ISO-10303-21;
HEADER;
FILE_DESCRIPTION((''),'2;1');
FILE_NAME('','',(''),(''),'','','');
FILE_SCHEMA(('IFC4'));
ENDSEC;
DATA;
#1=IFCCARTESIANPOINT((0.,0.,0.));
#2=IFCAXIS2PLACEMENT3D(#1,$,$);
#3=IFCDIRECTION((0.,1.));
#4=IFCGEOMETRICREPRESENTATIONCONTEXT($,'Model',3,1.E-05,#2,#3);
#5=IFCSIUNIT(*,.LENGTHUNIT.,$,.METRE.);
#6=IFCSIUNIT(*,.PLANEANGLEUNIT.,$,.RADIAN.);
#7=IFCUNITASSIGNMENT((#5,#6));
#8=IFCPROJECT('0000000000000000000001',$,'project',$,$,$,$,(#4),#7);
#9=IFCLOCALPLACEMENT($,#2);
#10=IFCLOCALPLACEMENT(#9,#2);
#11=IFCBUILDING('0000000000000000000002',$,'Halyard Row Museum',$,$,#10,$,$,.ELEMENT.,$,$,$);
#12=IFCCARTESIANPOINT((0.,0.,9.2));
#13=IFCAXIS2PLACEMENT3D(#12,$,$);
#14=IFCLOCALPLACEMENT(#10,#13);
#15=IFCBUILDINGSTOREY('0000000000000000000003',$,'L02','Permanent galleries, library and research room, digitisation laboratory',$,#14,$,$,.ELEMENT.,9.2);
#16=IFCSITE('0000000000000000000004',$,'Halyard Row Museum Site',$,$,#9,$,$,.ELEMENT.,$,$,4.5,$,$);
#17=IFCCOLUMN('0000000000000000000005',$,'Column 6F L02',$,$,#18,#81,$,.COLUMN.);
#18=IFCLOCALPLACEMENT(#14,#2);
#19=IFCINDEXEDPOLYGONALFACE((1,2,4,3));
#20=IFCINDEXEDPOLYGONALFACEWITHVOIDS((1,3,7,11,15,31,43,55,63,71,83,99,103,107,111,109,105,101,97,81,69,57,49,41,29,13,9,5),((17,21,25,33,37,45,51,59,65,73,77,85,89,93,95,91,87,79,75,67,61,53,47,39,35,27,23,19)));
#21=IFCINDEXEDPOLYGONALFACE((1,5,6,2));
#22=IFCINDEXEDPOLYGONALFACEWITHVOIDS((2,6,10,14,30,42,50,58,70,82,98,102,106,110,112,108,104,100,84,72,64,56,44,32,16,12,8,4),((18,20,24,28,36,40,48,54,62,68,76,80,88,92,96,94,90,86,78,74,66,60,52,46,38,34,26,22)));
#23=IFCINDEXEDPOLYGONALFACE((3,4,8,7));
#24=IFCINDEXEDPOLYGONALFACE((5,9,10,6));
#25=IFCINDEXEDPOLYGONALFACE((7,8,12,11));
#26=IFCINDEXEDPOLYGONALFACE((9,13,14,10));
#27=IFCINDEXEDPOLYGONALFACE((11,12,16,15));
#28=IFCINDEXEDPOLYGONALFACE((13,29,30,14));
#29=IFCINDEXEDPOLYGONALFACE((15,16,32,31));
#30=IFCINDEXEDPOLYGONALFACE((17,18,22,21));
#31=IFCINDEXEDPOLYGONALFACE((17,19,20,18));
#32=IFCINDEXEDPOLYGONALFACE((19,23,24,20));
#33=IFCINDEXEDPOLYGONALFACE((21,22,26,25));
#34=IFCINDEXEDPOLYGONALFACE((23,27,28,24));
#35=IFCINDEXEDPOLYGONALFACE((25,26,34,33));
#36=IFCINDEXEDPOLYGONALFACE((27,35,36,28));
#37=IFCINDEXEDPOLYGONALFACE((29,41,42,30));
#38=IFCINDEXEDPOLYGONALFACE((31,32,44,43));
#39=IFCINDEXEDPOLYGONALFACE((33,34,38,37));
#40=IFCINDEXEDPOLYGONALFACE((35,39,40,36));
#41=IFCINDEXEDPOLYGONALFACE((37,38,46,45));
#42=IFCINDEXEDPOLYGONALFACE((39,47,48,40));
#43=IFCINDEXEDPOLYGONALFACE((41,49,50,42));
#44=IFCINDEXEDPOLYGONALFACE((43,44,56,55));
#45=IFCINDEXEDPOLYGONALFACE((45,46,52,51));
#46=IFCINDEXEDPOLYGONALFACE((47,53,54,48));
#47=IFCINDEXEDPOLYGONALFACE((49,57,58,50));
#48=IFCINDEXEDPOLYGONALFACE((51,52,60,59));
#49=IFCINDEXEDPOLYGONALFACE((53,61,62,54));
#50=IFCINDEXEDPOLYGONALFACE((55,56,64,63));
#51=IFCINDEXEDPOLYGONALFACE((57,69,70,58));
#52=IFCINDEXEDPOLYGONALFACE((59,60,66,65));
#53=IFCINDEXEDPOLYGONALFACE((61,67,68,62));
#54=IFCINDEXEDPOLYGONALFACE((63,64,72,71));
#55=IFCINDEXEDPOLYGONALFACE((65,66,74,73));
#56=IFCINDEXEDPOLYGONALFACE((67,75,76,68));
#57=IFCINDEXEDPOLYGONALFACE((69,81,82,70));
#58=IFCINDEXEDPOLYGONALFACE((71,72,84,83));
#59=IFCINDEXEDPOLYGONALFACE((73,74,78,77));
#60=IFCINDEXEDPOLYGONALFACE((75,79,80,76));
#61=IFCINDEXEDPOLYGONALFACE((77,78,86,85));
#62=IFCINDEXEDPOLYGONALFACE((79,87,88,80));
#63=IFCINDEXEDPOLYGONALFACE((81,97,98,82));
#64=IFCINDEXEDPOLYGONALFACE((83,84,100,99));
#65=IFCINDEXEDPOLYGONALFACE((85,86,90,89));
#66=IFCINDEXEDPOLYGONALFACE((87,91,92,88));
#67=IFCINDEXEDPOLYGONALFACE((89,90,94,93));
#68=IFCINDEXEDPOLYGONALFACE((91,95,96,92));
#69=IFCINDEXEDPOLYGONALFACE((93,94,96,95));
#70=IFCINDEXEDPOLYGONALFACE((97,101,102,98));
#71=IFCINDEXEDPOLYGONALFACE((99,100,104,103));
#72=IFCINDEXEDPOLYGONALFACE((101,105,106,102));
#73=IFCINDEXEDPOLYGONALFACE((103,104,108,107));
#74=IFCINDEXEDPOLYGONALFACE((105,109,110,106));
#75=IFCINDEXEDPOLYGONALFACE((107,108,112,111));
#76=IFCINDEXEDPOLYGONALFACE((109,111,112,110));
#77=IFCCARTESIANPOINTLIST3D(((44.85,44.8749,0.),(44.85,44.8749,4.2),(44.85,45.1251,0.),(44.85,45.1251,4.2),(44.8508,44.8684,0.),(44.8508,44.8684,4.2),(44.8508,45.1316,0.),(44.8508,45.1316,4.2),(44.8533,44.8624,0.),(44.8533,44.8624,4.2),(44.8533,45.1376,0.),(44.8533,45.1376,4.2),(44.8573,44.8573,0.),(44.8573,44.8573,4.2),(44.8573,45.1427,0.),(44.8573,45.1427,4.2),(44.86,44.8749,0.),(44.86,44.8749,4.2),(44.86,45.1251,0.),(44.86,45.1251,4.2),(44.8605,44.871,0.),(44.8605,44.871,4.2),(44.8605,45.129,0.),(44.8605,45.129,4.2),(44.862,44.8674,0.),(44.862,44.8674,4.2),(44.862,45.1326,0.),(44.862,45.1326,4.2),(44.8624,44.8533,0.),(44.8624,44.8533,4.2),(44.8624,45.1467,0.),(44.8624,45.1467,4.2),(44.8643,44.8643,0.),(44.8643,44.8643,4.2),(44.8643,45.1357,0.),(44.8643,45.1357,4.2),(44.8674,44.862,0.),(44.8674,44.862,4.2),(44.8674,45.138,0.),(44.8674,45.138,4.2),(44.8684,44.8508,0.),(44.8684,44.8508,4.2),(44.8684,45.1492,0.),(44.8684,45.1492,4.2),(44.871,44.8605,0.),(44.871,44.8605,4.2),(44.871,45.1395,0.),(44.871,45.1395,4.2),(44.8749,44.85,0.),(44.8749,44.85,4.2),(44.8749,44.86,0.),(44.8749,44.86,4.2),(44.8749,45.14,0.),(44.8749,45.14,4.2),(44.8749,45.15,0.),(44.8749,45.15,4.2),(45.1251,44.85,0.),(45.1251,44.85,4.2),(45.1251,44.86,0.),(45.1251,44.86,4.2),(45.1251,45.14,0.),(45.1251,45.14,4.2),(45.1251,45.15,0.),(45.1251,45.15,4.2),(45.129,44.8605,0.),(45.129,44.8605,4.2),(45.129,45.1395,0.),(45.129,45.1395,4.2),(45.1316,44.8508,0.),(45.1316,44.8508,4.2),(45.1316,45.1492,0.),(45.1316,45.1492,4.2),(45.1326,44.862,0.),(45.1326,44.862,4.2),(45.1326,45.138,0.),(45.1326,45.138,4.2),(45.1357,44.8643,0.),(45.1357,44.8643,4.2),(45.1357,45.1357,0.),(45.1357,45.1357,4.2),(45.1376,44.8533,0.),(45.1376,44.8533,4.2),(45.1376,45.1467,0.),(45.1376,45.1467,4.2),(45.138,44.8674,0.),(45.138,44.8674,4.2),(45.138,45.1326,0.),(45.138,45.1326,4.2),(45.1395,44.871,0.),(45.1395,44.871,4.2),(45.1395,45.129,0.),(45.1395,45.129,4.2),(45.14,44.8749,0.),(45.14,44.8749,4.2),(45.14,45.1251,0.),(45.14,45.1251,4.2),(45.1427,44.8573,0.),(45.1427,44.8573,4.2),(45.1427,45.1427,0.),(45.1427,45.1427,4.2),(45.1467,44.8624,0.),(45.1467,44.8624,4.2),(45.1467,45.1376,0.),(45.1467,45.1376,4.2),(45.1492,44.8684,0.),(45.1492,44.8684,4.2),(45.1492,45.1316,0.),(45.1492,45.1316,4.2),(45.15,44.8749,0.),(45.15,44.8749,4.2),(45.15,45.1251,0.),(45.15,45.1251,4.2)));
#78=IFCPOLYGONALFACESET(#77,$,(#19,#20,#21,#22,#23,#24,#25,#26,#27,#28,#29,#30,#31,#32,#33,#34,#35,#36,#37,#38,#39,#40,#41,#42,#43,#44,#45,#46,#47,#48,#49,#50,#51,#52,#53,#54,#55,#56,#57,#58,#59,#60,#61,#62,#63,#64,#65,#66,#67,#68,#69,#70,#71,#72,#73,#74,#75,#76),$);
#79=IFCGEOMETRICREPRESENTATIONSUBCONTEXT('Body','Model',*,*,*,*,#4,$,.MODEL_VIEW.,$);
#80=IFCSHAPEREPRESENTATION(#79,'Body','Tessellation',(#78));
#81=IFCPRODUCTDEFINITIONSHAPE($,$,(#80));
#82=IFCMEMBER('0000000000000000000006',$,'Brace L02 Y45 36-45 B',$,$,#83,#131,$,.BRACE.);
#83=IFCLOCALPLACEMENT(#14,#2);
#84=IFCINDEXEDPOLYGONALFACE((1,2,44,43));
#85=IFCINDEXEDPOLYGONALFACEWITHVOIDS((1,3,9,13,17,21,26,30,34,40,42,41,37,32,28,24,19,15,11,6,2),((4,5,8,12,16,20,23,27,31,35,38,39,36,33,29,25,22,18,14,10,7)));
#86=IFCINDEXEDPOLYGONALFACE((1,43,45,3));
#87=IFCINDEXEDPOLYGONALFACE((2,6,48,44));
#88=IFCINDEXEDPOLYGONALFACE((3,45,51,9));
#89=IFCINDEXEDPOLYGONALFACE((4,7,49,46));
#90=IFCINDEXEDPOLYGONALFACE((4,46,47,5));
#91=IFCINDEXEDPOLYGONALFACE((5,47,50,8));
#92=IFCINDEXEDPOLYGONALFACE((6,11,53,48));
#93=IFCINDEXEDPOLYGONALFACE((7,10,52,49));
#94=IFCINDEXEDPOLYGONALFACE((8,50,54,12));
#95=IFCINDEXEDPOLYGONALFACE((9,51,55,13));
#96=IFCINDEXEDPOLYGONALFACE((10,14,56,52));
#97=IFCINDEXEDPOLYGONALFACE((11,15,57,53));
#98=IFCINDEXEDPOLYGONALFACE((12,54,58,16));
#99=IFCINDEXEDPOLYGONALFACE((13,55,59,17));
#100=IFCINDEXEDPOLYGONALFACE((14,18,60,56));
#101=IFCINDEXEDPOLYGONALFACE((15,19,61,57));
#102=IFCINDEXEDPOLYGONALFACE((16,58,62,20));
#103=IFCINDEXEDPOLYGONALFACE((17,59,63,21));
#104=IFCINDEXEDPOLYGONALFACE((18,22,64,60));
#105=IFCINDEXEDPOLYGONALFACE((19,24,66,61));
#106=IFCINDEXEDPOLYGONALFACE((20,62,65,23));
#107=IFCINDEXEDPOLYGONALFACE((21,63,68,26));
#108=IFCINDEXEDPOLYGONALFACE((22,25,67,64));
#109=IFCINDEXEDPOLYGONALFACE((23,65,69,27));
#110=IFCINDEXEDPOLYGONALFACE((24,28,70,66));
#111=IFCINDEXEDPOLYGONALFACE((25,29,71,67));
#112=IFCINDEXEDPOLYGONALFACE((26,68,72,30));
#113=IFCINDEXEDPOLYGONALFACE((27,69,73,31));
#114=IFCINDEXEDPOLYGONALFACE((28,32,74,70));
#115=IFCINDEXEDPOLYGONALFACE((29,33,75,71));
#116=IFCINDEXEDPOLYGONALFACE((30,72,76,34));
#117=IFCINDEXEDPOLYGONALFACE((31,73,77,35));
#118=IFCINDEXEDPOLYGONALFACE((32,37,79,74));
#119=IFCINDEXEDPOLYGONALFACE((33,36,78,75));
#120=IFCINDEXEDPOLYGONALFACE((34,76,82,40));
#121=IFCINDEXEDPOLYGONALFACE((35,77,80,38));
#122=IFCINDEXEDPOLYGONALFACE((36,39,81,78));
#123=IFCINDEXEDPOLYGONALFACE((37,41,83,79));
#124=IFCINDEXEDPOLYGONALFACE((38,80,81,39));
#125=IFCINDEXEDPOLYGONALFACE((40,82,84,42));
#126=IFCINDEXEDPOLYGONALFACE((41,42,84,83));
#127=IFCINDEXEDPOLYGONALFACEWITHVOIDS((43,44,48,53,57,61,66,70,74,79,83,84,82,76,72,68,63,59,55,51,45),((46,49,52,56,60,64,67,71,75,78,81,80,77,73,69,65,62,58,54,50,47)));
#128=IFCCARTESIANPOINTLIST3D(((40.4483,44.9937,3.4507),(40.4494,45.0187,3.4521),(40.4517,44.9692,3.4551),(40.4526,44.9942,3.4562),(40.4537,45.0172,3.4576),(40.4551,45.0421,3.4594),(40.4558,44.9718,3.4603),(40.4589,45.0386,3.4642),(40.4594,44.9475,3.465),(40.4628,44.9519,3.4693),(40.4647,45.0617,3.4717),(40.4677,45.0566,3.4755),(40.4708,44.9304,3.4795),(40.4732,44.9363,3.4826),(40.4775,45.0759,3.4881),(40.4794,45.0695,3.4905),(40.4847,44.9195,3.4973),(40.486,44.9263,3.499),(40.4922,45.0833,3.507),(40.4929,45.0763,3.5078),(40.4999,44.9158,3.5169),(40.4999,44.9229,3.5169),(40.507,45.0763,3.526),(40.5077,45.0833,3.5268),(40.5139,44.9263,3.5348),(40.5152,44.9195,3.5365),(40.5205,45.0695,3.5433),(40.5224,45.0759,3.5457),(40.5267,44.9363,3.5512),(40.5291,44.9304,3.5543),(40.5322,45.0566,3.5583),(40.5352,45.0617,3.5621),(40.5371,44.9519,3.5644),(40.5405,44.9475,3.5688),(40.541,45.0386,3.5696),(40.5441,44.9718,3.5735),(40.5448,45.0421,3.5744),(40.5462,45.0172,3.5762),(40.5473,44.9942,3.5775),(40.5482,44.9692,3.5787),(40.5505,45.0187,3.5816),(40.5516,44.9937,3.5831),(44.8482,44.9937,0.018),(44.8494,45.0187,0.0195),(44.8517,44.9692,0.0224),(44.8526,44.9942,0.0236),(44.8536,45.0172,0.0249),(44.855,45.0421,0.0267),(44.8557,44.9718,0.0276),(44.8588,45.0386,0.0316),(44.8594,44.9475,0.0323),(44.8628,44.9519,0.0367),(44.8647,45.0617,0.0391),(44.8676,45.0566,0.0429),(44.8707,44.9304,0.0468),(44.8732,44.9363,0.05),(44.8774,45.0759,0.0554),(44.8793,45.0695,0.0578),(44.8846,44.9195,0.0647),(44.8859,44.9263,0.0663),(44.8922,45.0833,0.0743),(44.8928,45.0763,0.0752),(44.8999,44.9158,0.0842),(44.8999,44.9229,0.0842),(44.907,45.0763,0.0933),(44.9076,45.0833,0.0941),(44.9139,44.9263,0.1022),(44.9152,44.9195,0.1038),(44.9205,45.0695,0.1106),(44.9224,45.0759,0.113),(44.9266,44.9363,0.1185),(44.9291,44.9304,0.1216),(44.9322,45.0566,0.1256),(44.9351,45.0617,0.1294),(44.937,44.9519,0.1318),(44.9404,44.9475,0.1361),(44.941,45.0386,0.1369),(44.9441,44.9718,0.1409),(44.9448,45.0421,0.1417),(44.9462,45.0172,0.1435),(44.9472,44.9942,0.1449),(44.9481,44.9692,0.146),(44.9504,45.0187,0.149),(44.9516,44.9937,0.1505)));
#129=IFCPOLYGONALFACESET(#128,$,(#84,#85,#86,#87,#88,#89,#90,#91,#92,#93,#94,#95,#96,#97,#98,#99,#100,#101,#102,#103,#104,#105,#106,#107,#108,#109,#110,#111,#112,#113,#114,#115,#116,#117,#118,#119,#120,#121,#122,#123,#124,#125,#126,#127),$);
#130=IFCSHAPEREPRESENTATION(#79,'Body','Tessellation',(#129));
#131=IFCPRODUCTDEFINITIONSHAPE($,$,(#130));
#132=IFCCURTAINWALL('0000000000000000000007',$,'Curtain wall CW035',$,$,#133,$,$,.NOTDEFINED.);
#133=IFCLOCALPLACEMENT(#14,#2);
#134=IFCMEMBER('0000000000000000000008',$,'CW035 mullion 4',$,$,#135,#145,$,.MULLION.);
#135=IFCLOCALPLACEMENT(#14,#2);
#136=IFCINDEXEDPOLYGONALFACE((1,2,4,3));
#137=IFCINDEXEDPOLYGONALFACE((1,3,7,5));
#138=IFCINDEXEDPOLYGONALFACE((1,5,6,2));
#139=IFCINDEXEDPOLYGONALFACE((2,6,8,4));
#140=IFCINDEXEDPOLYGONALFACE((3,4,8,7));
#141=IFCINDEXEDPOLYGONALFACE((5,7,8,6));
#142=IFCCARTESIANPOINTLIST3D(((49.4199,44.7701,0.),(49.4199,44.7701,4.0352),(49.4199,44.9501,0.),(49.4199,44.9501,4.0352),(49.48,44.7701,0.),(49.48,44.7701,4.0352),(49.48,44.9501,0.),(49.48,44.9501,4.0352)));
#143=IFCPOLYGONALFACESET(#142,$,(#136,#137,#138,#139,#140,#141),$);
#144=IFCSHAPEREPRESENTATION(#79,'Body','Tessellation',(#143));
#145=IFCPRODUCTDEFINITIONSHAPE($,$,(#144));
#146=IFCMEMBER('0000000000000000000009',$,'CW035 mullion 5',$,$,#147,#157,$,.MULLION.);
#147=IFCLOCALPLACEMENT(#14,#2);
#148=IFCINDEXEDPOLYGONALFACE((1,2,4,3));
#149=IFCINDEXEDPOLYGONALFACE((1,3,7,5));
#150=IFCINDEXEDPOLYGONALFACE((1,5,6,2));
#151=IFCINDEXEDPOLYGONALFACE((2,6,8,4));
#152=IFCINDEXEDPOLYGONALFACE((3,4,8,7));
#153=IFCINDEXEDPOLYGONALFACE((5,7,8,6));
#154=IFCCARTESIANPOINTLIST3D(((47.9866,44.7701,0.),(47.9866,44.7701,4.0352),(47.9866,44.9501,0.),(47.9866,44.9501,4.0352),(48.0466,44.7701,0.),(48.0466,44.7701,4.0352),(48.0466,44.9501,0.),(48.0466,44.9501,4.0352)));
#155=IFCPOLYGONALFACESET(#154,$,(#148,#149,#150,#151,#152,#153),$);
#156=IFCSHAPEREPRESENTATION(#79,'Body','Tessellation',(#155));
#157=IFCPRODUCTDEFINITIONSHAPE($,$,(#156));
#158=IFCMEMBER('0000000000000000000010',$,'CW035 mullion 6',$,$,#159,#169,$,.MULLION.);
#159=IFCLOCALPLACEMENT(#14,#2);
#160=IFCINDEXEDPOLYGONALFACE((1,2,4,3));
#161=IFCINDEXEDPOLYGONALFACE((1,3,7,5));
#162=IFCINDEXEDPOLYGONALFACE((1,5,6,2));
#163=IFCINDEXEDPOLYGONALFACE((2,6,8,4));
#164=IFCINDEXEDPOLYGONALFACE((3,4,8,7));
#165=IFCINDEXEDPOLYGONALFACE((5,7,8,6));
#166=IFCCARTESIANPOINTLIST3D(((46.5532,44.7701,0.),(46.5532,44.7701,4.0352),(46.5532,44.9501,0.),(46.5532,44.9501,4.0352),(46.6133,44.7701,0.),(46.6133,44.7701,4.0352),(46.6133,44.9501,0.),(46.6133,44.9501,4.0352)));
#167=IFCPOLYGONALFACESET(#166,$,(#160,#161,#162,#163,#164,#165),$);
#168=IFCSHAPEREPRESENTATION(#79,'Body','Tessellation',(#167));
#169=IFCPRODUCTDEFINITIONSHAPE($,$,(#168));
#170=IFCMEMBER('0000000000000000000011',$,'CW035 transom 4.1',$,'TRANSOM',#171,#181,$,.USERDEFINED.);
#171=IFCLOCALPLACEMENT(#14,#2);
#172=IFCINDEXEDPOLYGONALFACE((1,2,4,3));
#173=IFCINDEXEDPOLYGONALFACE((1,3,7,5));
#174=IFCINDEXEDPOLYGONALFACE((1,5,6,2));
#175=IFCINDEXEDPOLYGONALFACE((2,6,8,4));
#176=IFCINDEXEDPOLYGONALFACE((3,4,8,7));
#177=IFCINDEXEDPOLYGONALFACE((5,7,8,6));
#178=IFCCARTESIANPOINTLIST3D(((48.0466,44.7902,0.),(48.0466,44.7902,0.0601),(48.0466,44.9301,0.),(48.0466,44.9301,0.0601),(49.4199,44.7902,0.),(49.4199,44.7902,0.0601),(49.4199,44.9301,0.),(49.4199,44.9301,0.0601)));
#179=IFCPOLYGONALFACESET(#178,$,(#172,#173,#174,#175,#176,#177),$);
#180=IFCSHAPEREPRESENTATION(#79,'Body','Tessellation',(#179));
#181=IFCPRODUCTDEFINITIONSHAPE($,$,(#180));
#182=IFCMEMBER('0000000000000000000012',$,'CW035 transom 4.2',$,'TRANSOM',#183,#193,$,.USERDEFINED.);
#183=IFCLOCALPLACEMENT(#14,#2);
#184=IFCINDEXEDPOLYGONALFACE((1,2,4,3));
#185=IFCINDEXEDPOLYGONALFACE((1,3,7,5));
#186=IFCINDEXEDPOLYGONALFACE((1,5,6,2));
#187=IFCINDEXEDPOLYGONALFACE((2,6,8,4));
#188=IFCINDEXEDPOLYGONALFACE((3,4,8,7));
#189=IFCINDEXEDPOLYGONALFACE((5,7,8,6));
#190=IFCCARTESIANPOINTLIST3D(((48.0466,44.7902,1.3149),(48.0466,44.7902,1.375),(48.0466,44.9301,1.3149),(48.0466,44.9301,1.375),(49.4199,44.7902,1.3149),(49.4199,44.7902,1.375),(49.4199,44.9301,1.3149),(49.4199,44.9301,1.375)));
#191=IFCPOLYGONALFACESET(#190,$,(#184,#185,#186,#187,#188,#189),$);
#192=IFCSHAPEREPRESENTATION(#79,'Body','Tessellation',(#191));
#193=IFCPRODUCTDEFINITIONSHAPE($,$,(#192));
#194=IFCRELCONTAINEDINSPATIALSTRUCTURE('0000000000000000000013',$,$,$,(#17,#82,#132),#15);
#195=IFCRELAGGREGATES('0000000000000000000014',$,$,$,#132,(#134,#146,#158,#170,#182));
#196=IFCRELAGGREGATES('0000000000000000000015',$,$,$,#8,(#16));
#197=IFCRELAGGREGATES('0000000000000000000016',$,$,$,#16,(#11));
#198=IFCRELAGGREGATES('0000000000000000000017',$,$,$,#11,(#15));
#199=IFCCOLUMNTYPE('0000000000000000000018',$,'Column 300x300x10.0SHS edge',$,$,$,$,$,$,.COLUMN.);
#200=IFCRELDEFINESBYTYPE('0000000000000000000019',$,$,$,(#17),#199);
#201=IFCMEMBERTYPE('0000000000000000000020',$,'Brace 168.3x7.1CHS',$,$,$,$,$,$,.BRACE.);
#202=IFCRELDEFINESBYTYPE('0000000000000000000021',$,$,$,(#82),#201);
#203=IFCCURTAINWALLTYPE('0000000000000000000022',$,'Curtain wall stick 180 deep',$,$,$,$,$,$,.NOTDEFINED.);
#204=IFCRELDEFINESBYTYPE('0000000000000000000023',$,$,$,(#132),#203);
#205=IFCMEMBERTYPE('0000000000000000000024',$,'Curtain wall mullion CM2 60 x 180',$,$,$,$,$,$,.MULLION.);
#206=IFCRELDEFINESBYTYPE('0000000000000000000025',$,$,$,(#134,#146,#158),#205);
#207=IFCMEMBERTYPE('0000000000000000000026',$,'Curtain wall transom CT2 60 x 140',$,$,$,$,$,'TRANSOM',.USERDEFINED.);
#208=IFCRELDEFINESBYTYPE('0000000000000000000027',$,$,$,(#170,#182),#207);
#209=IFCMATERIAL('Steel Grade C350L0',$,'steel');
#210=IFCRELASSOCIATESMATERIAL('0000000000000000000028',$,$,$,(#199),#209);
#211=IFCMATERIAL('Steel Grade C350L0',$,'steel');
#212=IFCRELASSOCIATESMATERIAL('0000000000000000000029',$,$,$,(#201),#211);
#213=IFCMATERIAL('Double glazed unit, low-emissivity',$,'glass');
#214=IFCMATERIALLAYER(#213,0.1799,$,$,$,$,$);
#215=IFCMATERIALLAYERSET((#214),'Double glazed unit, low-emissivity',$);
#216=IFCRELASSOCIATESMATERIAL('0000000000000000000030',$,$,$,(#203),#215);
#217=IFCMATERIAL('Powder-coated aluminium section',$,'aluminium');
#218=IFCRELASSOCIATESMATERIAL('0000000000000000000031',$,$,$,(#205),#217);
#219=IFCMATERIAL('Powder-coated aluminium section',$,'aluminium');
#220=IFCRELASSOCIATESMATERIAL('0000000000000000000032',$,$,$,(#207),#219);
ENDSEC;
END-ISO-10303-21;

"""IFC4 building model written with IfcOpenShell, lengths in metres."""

from ifc_helpers import new_model, si_unit, direction, frame, origin, origin_2d, place, context, subcontext, project, spatial, rectangle, hollow_rectangle, hollow_circle, extrude, material, layer, layer_set, material_profile, profile_set, type_object, element, aggregate, save


model = new_model("IFC4")

# Units and contexts
model_context = context("Model", 3, precision=1e-05, world=origin(), true_north=direction((0.0, 1.0)))
body_context = subcontext(model_context, "Body", "Model", "MODEL_VIEW")
ifc_project = project(units=[si_unit("LENGTHUNIT", "METRE"), si_unit("PLANEANGLEUNIT", "RADIAN")], contexts=[model_context])

# Site, building, storey
site_placement = place(None, origin())
site = spatial("IfcSite", under=ifc_project, at=site_placement, Name="Halyard Row Museum Site", CompositionType="ELEMENT", RefElevation=4.5)
building_placement = place(site_placement, origin())
building = spatial("IfcBuilding", under=site, at=building_placement, Name="Halyard Row Museum", CompositionType="ELEMENT")
storey_placement = place(building_placement, frame((0.0, 0.0, 9.2)))
storey = spatial("IfcBuildingStorey", under=building, at=storey_placement, Name="L02", Description="Permanent galleries, library and research room, digitisation laboratory", CompositionType="ELEMENT", Elevation=9.2)

# Column
ifc_material_1 = material(Name="Steel Grade C350L0", Category="steel")
ifc_material_profile_1 = material_profile(ifc_material_1, hollow_rectangle(XDim=0.3, YDim=0.3, WallThickness=0.01, InnerFilletRadius=0.0149, OuterFilletRadius=0.0249, at=origin_2d()), Name="300x300x10.0SHS")
ifc_profile_set_1 = profile_set([ifc_material_profile_1], Name="Steel Grade C350L0")
column_type = type_object("IfcColumnType", Name="Column 300x300x10.0SHS edge", PredefinedType="COLUMN", material=ifc_profile_set_1)
column_placement = place(storey_placement, frame((45.0, 45.0, 0.0), z_axis=(0.0, 0.0, 1.0), x_axis=(1.0, 0.0, 0.0)))
element("IfcColumn", 1, at=column_placement, inside=storey, type_object=column_type, Name="Column 6F L02", PredefinedType="COLUMN", context=body_context, shape_type="SweptSolid", body=[
    extrude(hollow_rectangle(XDim=0.3, YDim=0.3, WallThickness=0.01, InnerFilletRadius=0.0149, OuterFilletRadius=0.0249, at=origin_2d()), origin(), (0.0, 0.0, 1.0), 4.2),
])

# Member
ifc_material_2 = material(Name="Steel Grade C350L0", Category="steel")
ifc_material_profile_2 = material_profile(ifc_material_2, hollow_circle(Radius=0.0842, WallThickness=0.0071, at=origin_2d()), Name="168.3x7.1CHS")
ifc_profile_set_2 = profile_set([ifc_material_profile_2], Name="Steel Grade C350L0")
member_type_1 = type_object("IfcMemberType", Name="Brace 168.3x7.1CHS", PredefinedType="BRACE", material=ifc_profile_set_2)
member_1_placement = place(storey_placement, frame((44.8999, 45.0, 0.0842), z_axis=(-0.788442, 0.0, 0.615109), x_axis=(0.0, -1.0, 0.0)))
element("IfcMember", 2, at=member_1_placement, inside=storey, type_object=member_type_1, Name="Brace L02 Y45 36-45 B", PredefinedType="BRACE", context=body_context, shape_type="SweptSolid", body=[
    extrude(hollow_circle(Radius=0.0842, WallThickness=0.0071, at=origin_2d()), origin(), (0.0, 0.0, 1.0), 5.5806),
])

# Curtain wall, members
ifc_material_3 = material(Name="Double glazed unit, low-emissivity", Category="glass")
ifc_layer_1 = layer(ifc_material_3, 0.1799)
ifc_layer_set_1 = layer_set([ifc_layer_1], Name="Double glazed unit, low-emissivity")
curtain_wall_type = type_object("IfcCurtainWallType", Name="Curtain wall stick 180 deep", PredefinedType="NOTDEFINED", material=ifc_layer_set_1)
curtain_wall_placement = place(storey_placement, origin())
curtain_wall = element("IfcCurtainWall", 3, at=curtain_wall_placement, inside=storey, type_object=curtain_wall_type, Name="Curtain wall CW035", PredefinedType="NOTDEFINED")
ifc_material_4 = material(Name="Powder-coated aluminium section", Category="aluminium")
ifc_material_profile_3 = material_profile(ifc_material_4, rectangle(XDim=0.1799, YDim=0.0601, at=origin_2d()), Name="180x60 mullion")
ifc_profile_set_3 = profile_set([ifc_material_profile_3], Name="Powder-coated aluminium section")
member_type_2 = type_object("IfcMemberType", Name="Curtain wall mullion CM2 60 x 180", PredefinedType="MULLION", material=ifc_profile_set_3)
member_2_placement = place(storey_placement, frame((49.45, 44.8601, 0.0), z_axis=(0.0, 0.0, 1.0), x_axis=(0.0, -1.0, 0.0)))
member_2 = element("IfcMember", 4, at=member_2_placement, type_object=member_type_2, Name="CW035 mullion 4", PredefinedType="MULLION", context=body_context, shape_type="SweptSolid", body=[
    extrude(rectangle(XDim=0.1799, YDim=0.0601, at=origin_2d()), origin(), (0.0, 0.0, 1.0), 4.0352),
])
member_3_placement = place(storey_placement, frame((48.0166, 44.8601, 0.0), z_axis=(0.0, 0.0, 1.0), x_axis=(0.0, -1.0, 0.0)))
member_3 = element("IfcMember", 5, at=member_3_placement, type_object=member_type_2, Name="CW035 mullion 5", PredefinedType="MULLION", context=body_context, shape_type="SweptSolid", body=[
    extrude(rectangle(XDim=0.1799, YDim=0.0601, at=origin_2d()), origin(), (0.0, 0.0, 1.0), 4.0352),
])
member_4_placement = place(storey_placement, frame((46.5833, 44.8601, 0.0), z_axis=(0.0, 0.0, 1.0), x_axis=(0.0, -1.0, 0.0)))
member_4 = element("IfcMember", 6, at=member_4_placement, type_object=member_type_2, Name="CW035 mullion 6", PredefinedType="MULLION", context=body_context, shape_type="SweptSolid", body=[
    extrude(rectangle(XDim=0.1799, YDim=0.0601, at=origin_2d()), origin(), (0.0, 0.0, 1.0), 4.0352),
])
ifc_material_5 = material(Name="Powder-coated aluminium section", Category="aluminium")
ifc_material_profile_4 = material_profile(ifc_material_5, rectangle(XDim=0.1399, YDim=0.0601, at=origin_2d()), Name="140x60 transom")
ifc_profile_set_4 = profile_set([ifc_material_profile_4], Name="Powder-coated aluminium section")
member_type_3 = type_object("IfcMemberType", Name="Curtain wall transom CT2 60 x 140", ElementType="TRANSOM", PredefinedType="USERDEFINED", material=ifc_profile_set_4)
member_5_placement = place(storey_placement, frame((49.4199, 44.8601, 0.03), z_axis=(-1.0, 0.0, 0.0), x_axis=(0.0, -1.0, 0.0)))
member_5 = element("IfcMember", 7, at=member_5_placement, type_object=member_type_3, Name="CW035 transom 4.1", ObjectType="TRANSOM", PredefinedType="USERDEFINED", context=body_context, shape_type="SweptSolid", body=[
    extrude(rectangle(XDim=0.1399, YDim=0.0601, at=origin_2d()), origin(), (0.0, 0.0, 1.0), 1.3733),
])
member_6_placement = place(storey_placement, frame((49.4199, 44.8601, 1.345), z_axis=(-1.0, 0.0, 0.0), x_axis=(0.0, -1.0, 0.0)))
member_6 = element("IfcMember", 8, at=member_6_placement, type_object=member_type_3, Name="CW035 transom 4.2", ObjectType="TRANSOM", PredefinedType="USERDEFINED", context=body_context, shape_type="SweptSolid", body=[
    extrude(rectangle(XDim=0.1399, YDim=0.0601, at=origin_2d()), origin(), (0.0, 0.0, 1.0), 1.3733),
])

aggregate(curtain_wall, [member_2, member_3, member_4, member_5, member_6])

save(model, "model.ifc")
